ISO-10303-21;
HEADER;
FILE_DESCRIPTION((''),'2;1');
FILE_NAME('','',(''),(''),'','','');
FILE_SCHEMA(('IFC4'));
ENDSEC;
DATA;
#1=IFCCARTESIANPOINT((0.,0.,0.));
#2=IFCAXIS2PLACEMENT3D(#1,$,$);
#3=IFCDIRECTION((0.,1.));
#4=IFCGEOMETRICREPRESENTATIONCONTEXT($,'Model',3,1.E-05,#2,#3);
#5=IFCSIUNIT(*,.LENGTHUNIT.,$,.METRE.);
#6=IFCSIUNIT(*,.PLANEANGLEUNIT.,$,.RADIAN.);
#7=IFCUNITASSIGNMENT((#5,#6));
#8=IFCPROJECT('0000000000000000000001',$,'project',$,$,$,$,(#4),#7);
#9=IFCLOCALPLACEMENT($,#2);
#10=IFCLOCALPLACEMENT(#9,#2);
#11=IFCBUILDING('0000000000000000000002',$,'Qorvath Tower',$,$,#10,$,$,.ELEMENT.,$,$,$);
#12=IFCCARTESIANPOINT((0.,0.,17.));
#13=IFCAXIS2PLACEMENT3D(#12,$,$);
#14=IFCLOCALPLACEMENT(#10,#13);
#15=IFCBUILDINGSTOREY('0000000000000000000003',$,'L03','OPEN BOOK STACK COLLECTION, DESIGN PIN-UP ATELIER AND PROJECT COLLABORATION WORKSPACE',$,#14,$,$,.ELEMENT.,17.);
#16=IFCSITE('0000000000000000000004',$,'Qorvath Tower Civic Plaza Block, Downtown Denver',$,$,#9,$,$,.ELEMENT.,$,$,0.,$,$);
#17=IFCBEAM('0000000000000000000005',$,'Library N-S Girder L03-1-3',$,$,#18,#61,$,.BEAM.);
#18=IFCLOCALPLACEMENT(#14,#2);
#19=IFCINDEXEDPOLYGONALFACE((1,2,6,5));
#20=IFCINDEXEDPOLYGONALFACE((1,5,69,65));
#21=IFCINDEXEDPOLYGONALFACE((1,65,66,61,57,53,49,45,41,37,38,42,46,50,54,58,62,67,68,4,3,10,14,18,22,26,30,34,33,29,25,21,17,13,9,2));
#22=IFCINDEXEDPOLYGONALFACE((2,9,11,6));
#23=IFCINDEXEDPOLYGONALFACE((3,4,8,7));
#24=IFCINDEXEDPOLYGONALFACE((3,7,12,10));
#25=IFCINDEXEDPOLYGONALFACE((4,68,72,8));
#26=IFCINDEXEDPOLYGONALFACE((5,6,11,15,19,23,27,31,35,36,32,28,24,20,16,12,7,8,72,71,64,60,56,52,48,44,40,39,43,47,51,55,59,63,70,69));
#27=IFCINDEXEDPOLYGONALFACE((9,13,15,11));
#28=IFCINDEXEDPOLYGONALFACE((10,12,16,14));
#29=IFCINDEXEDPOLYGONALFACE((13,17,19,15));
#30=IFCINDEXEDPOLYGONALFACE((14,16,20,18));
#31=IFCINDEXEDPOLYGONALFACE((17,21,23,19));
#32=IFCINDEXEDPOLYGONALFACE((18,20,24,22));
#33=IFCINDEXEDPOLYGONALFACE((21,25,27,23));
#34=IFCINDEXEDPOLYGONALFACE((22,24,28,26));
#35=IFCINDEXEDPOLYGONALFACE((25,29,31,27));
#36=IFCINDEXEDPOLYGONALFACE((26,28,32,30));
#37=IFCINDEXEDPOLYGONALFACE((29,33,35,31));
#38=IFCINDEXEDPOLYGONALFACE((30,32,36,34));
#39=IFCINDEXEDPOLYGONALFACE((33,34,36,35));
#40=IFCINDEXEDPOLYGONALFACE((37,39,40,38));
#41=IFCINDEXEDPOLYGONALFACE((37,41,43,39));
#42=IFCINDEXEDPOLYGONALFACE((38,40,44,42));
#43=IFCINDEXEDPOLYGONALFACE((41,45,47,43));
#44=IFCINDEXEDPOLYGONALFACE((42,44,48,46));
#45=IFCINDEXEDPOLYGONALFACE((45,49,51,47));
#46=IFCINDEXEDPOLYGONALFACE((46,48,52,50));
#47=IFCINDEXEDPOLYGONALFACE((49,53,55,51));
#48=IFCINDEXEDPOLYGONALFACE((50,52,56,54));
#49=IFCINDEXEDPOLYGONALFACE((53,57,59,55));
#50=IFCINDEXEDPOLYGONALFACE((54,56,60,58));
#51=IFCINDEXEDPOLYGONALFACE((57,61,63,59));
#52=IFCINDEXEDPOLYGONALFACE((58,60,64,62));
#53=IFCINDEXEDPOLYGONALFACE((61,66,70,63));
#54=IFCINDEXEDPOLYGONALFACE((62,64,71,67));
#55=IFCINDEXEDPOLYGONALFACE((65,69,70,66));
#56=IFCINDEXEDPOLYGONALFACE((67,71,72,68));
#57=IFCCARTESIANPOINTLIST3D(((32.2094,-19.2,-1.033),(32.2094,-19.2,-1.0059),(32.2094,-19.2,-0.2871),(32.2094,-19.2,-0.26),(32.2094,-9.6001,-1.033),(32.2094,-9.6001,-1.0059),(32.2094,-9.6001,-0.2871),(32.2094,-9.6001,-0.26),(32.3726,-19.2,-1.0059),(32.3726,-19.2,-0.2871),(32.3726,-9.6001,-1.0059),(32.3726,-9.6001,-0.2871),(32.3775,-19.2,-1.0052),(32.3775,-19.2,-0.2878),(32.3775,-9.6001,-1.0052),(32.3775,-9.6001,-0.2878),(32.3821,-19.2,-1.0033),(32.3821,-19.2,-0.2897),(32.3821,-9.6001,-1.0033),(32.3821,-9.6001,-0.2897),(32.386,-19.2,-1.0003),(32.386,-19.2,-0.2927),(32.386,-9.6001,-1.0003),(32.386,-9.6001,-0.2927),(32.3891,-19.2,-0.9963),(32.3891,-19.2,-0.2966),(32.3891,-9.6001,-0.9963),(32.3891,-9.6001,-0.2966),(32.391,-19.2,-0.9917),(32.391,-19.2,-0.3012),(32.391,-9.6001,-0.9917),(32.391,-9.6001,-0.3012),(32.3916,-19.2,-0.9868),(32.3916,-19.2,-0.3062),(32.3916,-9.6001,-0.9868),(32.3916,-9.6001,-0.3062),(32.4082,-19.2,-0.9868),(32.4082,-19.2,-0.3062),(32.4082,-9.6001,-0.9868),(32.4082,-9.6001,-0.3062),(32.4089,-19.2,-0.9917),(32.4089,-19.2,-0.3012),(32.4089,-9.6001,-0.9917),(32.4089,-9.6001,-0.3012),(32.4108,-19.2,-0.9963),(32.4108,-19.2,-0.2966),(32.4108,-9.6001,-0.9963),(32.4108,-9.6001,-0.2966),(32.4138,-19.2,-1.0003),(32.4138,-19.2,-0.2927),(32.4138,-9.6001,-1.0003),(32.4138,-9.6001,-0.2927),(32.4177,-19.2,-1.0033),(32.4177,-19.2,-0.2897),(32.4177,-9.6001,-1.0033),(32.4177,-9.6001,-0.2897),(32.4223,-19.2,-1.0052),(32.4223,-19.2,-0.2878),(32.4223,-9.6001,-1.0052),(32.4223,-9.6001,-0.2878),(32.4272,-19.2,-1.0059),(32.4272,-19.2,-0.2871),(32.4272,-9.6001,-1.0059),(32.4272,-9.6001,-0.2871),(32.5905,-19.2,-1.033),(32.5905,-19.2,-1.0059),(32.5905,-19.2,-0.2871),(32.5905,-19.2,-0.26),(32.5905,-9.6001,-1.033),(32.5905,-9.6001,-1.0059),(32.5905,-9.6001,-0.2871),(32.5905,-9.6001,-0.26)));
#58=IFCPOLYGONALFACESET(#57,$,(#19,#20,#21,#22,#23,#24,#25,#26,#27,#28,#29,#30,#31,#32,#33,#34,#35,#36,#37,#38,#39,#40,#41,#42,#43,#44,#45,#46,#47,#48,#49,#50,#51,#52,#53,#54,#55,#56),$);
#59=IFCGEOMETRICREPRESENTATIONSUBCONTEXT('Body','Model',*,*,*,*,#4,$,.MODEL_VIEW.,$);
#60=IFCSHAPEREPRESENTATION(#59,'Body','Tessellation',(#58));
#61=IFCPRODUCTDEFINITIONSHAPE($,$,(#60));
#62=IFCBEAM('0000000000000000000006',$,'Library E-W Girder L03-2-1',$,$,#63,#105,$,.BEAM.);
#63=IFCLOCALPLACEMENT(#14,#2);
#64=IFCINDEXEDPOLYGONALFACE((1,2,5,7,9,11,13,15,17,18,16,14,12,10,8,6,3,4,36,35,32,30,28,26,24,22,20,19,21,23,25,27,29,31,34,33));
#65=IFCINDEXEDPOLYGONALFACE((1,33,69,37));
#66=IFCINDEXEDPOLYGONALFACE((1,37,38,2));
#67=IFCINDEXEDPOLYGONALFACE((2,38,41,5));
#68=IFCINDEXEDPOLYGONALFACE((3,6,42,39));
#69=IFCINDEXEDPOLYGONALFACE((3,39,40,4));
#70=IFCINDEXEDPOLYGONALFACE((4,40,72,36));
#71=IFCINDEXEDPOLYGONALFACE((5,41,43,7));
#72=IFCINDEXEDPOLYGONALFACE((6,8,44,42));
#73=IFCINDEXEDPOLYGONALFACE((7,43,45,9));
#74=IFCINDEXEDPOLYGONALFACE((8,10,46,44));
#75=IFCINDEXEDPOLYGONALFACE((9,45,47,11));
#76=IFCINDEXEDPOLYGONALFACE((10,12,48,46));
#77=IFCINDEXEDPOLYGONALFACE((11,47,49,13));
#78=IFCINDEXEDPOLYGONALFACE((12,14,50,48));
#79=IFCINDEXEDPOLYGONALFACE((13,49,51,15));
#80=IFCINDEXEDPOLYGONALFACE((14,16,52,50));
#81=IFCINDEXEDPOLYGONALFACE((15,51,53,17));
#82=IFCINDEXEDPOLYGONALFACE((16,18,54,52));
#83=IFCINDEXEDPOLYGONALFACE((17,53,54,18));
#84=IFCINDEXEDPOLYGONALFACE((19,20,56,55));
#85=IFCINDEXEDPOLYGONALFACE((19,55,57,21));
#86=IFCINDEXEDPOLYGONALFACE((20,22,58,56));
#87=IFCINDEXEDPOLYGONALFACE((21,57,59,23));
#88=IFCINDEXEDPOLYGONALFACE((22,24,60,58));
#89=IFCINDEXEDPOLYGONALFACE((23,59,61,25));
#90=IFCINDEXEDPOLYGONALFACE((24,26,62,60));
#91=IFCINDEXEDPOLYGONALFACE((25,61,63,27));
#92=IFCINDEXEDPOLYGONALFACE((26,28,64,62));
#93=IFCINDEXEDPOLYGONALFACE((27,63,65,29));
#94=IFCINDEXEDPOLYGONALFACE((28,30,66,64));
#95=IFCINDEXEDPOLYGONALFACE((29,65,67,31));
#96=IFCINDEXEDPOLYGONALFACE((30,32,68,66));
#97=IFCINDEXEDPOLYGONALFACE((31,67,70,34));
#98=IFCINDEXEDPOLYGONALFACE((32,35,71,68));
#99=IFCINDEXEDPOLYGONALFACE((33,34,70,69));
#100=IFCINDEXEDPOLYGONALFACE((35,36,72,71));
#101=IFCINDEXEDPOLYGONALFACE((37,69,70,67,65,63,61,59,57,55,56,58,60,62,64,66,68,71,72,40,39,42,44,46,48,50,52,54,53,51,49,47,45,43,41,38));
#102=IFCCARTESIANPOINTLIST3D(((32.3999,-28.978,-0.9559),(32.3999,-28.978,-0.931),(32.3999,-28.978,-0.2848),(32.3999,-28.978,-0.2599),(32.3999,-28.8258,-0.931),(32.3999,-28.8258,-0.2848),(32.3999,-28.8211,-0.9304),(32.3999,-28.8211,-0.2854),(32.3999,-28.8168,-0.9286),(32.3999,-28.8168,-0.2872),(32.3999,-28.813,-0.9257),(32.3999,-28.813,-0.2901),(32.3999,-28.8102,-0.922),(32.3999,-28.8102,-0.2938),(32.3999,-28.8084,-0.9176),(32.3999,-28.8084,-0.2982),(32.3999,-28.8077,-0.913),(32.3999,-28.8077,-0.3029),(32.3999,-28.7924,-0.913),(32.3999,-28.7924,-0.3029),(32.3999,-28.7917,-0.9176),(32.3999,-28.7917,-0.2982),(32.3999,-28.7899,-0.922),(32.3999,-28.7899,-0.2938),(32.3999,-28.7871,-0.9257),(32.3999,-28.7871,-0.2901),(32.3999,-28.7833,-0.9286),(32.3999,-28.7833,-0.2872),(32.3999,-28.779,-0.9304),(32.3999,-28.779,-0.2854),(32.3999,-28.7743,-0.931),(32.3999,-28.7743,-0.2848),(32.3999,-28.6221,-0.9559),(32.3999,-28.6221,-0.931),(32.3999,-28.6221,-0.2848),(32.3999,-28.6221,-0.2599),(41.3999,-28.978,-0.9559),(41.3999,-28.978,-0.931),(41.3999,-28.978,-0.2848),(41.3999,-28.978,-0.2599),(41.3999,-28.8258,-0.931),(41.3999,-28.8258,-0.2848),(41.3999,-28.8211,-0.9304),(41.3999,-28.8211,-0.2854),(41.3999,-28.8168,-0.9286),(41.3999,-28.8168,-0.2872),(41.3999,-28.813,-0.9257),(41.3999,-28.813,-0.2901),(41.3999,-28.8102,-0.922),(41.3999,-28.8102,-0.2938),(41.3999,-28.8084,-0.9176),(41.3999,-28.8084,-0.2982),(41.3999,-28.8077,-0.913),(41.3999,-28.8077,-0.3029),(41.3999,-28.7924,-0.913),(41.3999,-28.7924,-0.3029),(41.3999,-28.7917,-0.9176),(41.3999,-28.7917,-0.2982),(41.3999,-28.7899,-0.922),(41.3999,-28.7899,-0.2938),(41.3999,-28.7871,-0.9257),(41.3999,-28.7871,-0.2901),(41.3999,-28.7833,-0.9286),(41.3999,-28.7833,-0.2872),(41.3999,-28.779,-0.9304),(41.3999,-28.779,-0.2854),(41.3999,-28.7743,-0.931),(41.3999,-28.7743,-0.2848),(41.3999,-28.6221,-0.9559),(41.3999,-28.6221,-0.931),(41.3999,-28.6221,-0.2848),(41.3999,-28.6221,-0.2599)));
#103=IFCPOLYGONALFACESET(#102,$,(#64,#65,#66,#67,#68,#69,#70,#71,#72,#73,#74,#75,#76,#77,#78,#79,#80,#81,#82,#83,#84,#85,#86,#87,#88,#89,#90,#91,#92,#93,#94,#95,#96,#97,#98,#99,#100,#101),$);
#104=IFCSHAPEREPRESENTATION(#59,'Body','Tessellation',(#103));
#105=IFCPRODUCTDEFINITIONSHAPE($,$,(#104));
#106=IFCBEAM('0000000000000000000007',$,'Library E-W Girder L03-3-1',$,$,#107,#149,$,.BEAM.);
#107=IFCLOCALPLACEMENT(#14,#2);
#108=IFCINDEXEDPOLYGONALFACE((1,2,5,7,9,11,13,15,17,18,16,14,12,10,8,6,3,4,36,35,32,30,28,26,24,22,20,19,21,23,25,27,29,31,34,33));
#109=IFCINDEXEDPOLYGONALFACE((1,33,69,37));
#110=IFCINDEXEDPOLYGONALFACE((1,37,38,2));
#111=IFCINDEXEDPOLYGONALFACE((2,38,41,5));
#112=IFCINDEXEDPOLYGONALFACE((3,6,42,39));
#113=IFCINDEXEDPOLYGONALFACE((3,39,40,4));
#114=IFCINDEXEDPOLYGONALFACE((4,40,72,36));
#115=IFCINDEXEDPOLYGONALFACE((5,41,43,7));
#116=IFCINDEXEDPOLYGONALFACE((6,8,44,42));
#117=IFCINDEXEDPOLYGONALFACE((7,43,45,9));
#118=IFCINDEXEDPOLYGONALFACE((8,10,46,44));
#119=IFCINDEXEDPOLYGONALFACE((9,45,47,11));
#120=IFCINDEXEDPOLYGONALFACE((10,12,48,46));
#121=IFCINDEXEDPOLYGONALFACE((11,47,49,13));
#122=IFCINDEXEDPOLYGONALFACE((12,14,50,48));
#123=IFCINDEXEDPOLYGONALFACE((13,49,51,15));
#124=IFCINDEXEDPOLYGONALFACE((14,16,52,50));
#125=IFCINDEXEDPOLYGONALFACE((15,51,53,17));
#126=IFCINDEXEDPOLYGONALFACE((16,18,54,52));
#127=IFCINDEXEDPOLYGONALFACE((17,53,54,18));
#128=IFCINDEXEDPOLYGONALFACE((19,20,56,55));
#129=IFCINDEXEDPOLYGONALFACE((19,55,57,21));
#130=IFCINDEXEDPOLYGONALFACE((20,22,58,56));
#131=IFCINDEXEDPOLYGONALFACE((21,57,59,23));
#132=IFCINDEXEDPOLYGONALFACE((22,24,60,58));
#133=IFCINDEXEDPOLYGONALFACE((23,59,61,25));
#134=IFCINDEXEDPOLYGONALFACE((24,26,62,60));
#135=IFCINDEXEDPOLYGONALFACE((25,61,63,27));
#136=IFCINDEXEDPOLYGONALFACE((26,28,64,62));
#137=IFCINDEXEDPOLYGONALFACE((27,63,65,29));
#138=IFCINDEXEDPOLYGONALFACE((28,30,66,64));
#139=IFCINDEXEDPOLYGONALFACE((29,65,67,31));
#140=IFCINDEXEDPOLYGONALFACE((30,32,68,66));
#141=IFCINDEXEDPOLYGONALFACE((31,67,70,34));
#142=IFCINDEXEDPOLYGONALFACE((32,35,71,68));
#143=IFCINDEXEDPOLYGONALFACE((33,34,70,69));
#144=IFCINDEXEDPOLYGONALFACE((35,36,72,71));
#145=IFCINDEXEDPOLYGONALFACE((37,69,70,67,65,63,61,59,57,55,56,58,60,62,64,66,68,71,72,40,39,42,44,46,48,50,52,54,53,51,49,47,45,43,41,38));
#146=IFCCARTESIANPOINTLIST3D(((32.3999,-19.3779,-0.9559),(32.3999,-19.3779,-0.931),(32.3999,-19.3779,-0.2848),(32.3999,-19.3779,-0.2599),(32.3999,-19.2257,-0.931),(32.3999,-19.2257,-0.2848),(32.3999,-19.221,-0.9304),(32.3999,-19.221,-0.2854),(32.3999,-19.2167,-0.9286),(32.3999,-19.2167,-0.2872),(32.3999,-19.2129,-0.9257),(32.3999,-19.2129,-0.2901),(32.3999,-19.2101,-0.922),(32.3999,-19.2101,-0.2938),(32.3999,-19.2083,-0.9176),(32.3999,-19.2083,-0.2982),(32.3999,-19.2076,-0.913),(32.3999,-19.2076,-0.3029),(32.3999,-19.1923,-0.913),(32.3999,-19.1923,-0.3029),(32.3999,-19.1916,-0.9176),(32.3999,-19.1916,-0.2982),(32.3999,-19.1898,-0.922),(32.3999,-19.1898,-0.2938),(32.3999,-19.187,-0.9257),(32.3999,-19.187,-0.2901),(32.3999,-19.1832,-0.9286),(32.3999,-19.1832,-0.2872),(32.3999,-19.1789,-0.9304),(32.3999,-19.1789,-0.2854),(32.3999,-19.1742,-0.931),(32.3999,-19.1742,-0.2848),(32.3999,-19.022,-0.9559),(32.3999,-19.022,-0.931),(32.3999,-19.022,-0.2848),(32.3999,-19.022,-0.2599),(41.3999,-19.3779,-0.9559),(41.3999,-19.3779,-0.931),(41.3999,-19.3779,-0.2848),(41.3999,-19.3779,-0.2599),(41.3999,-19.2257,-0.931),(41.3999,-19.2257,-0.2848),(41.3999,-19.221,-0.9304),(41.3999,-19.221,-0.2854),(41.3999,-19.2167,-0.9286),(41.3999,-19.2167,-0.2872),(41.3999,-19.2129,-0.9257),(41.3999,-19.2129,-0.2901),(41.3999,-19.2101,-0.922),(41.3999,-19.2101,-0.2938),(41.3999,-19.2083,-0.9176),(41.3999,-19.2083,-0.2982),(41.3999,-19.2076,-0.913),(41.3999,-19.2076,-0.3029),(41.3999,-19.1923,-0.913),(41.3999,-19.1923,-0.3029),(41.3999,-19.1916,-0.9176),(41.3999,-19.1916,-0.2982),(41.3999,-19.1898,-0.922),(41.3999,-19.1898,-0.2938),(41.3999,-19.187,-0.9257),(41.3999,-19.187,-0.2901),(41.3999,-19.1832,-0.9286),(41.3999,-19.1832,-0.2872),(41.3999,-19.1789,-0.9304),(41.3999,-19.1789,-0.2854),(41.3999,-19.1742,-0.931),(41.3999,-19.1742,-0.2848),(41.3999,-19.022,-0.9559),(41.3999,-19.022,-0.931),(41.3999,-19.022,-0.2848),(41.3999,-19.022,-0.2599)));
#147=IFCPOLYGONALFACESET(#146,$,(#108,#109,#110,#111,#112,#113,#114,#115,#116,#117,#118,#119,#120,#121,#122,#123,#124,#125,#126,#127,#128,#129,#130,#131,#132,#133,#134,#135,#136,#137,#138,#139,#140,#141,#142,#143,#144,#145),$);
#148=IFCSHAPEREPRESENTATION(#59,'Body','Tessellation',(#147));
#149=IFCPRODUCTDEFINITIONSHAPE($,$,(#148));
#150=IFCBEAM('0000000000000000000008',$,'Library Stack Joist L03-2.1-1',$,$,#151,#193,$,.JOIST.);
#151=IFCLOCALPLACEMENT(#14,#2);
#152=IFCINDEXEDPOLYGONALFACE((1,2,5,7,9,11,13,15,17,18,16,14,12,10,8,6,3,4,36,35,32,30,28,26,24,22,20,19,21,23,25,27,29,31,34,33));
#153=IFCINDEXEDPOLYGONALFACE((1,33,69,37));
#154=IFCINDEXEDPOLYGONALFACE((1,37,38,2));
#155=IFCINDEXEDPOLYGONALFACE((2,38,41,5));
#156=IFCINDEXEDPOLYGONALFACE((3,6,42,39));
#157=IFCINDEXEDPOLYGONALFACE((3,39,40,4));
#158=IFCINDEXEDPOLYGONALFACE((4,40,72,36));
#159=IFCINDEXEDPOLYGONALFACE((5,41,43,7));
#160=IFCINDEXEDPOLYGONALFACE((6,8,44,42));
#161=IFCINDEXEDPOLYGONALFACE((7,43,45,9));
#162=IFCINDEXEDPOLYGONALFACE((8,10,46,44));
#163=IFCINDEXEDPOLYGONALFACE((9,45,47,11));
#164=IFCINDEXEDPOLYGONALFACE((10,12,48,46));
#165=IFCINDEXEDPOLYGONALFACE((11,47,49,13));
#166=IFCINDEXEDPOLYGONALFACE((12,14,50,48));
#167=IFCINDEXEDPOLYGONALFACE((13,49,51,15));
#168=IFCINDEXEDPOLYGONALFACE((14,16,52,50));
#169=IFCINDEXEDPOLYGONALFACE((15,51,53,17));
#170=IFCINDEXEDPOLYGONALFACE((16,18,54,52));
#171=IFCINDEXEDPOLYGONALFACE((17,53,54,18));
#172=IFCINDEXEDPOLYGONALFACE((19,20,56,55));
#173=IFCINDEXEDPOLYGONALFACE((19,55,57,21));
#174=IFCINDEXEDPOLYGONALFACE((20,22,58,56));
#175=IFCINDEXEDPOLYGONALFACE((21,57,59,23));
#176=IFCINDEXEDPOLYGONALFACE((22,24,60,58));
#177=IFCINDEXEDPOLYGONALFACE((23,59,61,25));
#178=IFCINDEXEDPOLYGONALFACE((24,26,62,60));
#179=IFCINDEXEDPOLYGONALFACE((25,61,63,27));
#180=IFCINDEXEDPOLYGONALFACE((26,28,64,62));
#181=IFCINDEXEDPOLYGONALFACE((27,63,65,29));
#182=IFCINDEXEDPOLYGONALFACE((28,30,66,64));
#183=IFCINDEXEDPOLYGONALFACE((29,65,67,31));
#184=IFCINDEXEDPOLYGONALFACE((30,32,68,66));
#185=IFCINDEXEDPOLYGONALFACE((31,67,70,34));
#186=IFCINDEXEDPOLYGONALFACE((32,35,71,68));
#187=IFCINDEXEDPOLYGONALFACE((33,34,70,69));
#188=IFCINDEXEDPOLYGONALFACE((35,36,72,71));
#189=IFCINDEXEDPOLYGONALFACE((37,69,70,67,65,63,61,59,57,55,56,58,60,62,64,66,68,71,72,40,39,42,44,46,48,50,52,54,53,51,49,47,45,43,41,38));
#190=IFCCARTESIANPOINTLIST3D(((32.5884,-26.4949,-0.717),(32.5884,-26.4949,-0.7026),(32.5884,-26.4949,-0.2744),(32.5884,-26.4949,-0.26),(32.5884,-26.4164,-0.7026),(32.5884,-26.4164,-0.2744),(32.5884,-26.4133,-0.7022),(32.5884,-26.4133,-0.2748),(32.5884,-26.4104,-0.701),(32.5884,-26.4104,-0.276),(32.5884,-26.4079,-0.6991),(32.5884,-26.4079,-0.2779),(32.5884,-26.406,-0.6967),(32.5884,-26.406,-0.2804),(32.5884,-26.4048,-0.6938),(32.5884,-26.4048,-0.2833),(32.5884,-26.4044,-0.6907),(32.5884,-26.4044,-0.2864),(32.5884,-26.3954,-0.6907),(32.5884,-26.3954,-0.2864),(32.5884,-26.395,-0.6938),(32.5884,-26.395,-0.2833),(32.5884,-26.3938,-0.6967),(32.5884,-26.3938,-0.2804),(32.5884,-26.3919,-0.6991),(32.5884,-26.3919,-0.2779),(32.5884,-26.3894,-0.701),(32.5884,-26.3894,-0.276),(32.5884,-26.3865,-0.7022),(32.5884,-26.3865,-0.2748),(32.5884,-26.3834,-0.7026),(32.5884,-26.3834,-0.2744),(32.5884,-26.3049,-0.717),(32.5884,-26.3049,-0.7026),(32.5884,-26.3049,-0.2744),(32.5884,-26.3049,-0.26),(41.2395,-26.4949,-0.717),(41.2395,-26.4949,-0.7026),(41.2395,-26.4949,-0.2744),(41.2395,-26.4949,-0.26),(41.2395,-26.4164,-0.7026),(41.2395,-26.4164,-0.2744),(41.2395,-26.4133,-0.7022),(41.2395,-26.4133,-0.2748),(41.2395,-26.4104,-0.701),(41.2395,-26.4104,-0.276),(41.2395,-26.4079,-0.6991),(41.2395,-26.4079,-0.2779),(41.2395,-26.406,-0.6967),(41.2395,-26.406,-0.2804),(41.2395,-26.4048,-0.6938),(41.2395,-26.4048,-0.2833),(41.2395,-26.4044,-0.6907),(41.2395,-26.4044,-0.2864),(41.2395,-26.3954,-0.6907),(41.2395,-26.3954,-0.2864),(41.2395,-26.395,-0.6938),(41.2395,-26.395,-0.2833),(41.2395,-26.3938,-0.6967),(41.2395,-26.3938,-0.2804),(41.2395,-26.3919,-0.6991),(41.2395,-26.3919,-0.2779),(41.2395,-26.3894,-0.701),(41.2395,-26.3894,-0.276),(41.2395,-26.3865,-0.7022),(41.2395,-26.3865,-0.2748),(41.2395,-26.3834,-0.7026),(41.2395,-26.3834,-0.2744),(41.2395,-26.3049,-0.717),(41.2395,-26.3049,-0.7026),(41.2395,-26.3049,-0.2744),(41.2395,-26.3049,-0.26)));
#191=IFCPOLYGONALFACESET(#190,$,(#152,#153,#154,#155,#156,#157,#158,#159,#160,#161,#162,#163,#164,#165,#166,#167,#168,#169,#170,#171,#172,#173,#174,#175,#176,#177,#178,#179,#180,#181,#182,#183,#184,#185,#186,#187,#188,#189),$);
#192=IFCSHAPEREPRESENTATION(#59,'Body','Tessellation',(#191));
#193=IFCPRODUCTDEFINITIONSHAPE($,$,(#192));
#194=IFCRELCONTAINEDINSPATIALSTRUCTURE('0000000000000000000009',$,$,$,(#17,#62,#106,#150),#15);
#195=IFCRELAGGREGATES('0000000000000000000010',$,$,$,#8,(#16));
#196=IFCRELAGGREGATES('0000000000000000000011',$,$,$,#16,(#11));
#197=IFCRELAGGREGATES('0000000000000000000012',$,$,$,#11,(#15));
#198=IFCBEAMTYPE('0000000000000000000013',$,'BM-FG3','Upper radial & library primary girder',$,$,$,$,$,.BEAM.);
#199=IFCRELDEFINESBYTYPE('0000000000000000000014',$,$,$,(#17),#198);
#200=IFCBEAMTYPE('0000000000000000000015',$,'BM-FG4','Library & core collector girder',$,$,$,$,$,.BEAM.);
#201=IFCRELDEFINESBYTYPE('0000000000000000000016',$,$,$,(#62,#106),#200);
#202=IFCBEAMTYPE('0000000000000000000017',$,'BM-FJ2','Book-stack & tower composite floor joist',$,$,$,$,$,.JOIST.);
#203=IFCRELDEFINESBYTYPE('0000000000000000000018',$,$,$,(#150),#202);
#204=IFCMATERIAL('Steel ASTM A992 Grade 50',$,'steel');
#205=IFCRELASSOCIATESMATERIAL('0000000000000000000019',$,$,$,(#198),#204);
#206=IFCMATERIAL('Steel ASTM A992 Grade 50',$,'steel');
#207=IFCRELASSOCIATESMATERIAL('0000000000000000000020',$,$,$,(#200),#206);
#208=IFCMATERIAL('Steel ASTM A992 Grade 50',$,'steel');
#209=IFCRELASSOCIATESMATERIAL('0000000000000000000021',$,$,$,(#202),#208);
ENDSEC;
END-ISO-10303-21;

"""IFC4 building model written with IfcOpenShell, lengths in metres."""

from ifc_helpers import new_model, si_unit, direction, frame, origin, origin_2d, place, context, subcontext, project, spatial, i_section, extrude, material, material_profile, profile_set, type_object, element, save


model = new_model("IFC4")

# Units and contexts
model_context = context("Model", 3, precision=1e-05, world=origin(), true_north=direction((0.0, 1.0)))
body_context = subcontext(model_context, "Body", "Model", "MODEL_VIEW")
ifc_project = project(units=[si_unit("LENGTHUNIT", "METRE"), si_unit("PLANEANGLEUNIT", "RADIAN")], contexts=[model_context])

# Site, building, storey
site_placement = place(None, origin())
site = spatial("IfcSite", under=ifc_project, at=site_placement, Name="Qorvath Tower Civic Plaza Block, Downtown Denver", CompositionType="ELEMENT", RefElevation=0.0)
building_placement = place(site_placement, origin())
building = spatial("IfcBuilding", under=site, at=building_placement, Name="Qorvath Tower", CompositionType="ELEMENT")
storey_placement = place(building_placement, frame((0.0, 0.0, 17.0)))
storey = spatial("IfcBuildingStorey", under=building, at=storey_placement, Name="L03", Description="OPEN BOOK STACK COLLECTION, DESIGN PIN-UP ATELIER AND PROJECT COLLABORATION WORKSPACE", CompositionType="ELEMENT", Elevation=17.0)

# Beams
ifc_material_1 = material(Name="Steel ASTM A992 Grade 50", Category="steel")
ifc_material_profile_1 = material_profile(ifc_material_1, i_section(OverallWidth=0.3811, OverallDepth=0.7729, WebThickness=0.0166, FlangeThickness=0.0271, FilletRadius=0.019, at=origin_2d()), Name="W30x173")
ifc_profile_set_1 = profile_set([ifc_material_profile_1], Name="Steel ASTM A992 Grade 50")
beam_type_1 = type_object("IfcBeamType", Name="BM-FG3", Description="Upper radial & library primary girder", PredefinedType="BEAM", material=ifc_profile_set_1)
beam_1_placement = place(storey_placement, frame((32.3999, -19.2, -0.6465), z_axis=(0.0, 1.0, 0.0), x_axis=(-1.0, 0.0, 0.0)))
element("IfcBeam", 1, at=beam_1_placement, inside=storey, type_object=beam_type_1, Name="Library N-S Girder L03-1-3", PredefinedType="BEAM", context=body_context, shape_type="SweptSolid", body=[
    extrude(i_section(OverallWidth=0.3811, OverallDepth=0.7729, WebThickness=0.0166, FlangeThickness=0.0271, FilletRadius=0.019, at=origin_2d()), origin(), (0.0, 0.0, 1.0), 9.5999),
])
ifc_material_2 = material(Name="Steel ASTM A992 Grade 50", Category="steel")
ifc_material_profile_2 = material_profile(ifc_material_2, i_section(OverallWidth=0.356, OverallDepth=0.696, WebThickness=0.0154, FlangeThickness=0.0249, FilletRadius=0.0181, at=origin_2d()), Name="W27x146")
ifc_profile_set_2 = profile_set([ifc_material_profile_2], Name="Steel ASTM A992 Grade 50")
beam_type_2 = type_object("IfcBeamType", Name="BM-FG4", Description="Library & core collector girder", PredefinedType="BEAM", material=ifc_profile_set_2)
for number, where, z_axis, x_axis, name in (
    (2, (32.3999, -28.8, -0.6079), (1.0, 0.0, 0.0), (0.0, 1.0, 0.0), "Library E-W Girder L03-2-1"),
    (3, (32.3999, -19.2, -0.6079), (1.0, 0.0, 0.0), (0.0, 1.0, 0.0), "Library E-W Girder L03-3-1"),
):
    element("IfcBeam", number, at=place(storey_placement, frame(where, z_axis=z_axis, x_axis=x_axis)), inside=storey, type_object=beam_type_2, Name=name, PredefinedType="BEAM", context=body_context, shape_type="SweptSolid", body=[
        extrude(i_section(OverallWidth=0.356, OverallDepth=0.696, WebThickness=0.0154, FlangeThickness=0.0249, FilletRadius=0.0181, at=origin_2d()), origin(), (0.0, 0.0, 1.0), 9.0),
    ])
ifc_material_3 = material(Name="Steel ASTM A992 Grade 50", Category="steel")
ifc_material_profile_3 = material_profile(ifc_material_3, i_section(OverallWidth=0.1899, OverallDepth=0.457, WebThickness=0.009, FlangeThickness=0.0144, FilletRadius=0.012, at=origin_2d()), Name="W18x50")
ifc_profile_set_3 = profile_set([ifc_material_profile_3], Name="Steel ASTM A992 Grade 50")
beam_type_3 = type_object("IfcBeamType", Name="BM-FJ2", Description="Book-stack & tower composite floor joist", PredefinedType="JOIST", material=ifc_profile_set_3)
for number, where, z_axis, x_axis, name in (
    (4, (32.5884, -26.3999, -0.4885), (1.0, 0.0, 0.0), (0.0, 1.0, 0.0), "Library Stack Joist L03-2.1-1"),
):
    element("IfcBeam", number, at=place(storey_placement, frame(where, z_axis=z_axis, x_axis=x_axis)), inside=storey, type_object=beam_type_3, Name=name, PredefinedType="JOIST", context=body_context, shape_type="SweptSolid", body=[
        extrude(i_section(OverallWidth=0.1899, OverallDepth=0.457, WebThickness=0.009, FlangeThickness=0.0144, FilletRadius=0.012, at=origin_2d()), origin(), (0.0, 0.0, 1.0), 8.6511),
    ])

save(model, "model.ifc")
